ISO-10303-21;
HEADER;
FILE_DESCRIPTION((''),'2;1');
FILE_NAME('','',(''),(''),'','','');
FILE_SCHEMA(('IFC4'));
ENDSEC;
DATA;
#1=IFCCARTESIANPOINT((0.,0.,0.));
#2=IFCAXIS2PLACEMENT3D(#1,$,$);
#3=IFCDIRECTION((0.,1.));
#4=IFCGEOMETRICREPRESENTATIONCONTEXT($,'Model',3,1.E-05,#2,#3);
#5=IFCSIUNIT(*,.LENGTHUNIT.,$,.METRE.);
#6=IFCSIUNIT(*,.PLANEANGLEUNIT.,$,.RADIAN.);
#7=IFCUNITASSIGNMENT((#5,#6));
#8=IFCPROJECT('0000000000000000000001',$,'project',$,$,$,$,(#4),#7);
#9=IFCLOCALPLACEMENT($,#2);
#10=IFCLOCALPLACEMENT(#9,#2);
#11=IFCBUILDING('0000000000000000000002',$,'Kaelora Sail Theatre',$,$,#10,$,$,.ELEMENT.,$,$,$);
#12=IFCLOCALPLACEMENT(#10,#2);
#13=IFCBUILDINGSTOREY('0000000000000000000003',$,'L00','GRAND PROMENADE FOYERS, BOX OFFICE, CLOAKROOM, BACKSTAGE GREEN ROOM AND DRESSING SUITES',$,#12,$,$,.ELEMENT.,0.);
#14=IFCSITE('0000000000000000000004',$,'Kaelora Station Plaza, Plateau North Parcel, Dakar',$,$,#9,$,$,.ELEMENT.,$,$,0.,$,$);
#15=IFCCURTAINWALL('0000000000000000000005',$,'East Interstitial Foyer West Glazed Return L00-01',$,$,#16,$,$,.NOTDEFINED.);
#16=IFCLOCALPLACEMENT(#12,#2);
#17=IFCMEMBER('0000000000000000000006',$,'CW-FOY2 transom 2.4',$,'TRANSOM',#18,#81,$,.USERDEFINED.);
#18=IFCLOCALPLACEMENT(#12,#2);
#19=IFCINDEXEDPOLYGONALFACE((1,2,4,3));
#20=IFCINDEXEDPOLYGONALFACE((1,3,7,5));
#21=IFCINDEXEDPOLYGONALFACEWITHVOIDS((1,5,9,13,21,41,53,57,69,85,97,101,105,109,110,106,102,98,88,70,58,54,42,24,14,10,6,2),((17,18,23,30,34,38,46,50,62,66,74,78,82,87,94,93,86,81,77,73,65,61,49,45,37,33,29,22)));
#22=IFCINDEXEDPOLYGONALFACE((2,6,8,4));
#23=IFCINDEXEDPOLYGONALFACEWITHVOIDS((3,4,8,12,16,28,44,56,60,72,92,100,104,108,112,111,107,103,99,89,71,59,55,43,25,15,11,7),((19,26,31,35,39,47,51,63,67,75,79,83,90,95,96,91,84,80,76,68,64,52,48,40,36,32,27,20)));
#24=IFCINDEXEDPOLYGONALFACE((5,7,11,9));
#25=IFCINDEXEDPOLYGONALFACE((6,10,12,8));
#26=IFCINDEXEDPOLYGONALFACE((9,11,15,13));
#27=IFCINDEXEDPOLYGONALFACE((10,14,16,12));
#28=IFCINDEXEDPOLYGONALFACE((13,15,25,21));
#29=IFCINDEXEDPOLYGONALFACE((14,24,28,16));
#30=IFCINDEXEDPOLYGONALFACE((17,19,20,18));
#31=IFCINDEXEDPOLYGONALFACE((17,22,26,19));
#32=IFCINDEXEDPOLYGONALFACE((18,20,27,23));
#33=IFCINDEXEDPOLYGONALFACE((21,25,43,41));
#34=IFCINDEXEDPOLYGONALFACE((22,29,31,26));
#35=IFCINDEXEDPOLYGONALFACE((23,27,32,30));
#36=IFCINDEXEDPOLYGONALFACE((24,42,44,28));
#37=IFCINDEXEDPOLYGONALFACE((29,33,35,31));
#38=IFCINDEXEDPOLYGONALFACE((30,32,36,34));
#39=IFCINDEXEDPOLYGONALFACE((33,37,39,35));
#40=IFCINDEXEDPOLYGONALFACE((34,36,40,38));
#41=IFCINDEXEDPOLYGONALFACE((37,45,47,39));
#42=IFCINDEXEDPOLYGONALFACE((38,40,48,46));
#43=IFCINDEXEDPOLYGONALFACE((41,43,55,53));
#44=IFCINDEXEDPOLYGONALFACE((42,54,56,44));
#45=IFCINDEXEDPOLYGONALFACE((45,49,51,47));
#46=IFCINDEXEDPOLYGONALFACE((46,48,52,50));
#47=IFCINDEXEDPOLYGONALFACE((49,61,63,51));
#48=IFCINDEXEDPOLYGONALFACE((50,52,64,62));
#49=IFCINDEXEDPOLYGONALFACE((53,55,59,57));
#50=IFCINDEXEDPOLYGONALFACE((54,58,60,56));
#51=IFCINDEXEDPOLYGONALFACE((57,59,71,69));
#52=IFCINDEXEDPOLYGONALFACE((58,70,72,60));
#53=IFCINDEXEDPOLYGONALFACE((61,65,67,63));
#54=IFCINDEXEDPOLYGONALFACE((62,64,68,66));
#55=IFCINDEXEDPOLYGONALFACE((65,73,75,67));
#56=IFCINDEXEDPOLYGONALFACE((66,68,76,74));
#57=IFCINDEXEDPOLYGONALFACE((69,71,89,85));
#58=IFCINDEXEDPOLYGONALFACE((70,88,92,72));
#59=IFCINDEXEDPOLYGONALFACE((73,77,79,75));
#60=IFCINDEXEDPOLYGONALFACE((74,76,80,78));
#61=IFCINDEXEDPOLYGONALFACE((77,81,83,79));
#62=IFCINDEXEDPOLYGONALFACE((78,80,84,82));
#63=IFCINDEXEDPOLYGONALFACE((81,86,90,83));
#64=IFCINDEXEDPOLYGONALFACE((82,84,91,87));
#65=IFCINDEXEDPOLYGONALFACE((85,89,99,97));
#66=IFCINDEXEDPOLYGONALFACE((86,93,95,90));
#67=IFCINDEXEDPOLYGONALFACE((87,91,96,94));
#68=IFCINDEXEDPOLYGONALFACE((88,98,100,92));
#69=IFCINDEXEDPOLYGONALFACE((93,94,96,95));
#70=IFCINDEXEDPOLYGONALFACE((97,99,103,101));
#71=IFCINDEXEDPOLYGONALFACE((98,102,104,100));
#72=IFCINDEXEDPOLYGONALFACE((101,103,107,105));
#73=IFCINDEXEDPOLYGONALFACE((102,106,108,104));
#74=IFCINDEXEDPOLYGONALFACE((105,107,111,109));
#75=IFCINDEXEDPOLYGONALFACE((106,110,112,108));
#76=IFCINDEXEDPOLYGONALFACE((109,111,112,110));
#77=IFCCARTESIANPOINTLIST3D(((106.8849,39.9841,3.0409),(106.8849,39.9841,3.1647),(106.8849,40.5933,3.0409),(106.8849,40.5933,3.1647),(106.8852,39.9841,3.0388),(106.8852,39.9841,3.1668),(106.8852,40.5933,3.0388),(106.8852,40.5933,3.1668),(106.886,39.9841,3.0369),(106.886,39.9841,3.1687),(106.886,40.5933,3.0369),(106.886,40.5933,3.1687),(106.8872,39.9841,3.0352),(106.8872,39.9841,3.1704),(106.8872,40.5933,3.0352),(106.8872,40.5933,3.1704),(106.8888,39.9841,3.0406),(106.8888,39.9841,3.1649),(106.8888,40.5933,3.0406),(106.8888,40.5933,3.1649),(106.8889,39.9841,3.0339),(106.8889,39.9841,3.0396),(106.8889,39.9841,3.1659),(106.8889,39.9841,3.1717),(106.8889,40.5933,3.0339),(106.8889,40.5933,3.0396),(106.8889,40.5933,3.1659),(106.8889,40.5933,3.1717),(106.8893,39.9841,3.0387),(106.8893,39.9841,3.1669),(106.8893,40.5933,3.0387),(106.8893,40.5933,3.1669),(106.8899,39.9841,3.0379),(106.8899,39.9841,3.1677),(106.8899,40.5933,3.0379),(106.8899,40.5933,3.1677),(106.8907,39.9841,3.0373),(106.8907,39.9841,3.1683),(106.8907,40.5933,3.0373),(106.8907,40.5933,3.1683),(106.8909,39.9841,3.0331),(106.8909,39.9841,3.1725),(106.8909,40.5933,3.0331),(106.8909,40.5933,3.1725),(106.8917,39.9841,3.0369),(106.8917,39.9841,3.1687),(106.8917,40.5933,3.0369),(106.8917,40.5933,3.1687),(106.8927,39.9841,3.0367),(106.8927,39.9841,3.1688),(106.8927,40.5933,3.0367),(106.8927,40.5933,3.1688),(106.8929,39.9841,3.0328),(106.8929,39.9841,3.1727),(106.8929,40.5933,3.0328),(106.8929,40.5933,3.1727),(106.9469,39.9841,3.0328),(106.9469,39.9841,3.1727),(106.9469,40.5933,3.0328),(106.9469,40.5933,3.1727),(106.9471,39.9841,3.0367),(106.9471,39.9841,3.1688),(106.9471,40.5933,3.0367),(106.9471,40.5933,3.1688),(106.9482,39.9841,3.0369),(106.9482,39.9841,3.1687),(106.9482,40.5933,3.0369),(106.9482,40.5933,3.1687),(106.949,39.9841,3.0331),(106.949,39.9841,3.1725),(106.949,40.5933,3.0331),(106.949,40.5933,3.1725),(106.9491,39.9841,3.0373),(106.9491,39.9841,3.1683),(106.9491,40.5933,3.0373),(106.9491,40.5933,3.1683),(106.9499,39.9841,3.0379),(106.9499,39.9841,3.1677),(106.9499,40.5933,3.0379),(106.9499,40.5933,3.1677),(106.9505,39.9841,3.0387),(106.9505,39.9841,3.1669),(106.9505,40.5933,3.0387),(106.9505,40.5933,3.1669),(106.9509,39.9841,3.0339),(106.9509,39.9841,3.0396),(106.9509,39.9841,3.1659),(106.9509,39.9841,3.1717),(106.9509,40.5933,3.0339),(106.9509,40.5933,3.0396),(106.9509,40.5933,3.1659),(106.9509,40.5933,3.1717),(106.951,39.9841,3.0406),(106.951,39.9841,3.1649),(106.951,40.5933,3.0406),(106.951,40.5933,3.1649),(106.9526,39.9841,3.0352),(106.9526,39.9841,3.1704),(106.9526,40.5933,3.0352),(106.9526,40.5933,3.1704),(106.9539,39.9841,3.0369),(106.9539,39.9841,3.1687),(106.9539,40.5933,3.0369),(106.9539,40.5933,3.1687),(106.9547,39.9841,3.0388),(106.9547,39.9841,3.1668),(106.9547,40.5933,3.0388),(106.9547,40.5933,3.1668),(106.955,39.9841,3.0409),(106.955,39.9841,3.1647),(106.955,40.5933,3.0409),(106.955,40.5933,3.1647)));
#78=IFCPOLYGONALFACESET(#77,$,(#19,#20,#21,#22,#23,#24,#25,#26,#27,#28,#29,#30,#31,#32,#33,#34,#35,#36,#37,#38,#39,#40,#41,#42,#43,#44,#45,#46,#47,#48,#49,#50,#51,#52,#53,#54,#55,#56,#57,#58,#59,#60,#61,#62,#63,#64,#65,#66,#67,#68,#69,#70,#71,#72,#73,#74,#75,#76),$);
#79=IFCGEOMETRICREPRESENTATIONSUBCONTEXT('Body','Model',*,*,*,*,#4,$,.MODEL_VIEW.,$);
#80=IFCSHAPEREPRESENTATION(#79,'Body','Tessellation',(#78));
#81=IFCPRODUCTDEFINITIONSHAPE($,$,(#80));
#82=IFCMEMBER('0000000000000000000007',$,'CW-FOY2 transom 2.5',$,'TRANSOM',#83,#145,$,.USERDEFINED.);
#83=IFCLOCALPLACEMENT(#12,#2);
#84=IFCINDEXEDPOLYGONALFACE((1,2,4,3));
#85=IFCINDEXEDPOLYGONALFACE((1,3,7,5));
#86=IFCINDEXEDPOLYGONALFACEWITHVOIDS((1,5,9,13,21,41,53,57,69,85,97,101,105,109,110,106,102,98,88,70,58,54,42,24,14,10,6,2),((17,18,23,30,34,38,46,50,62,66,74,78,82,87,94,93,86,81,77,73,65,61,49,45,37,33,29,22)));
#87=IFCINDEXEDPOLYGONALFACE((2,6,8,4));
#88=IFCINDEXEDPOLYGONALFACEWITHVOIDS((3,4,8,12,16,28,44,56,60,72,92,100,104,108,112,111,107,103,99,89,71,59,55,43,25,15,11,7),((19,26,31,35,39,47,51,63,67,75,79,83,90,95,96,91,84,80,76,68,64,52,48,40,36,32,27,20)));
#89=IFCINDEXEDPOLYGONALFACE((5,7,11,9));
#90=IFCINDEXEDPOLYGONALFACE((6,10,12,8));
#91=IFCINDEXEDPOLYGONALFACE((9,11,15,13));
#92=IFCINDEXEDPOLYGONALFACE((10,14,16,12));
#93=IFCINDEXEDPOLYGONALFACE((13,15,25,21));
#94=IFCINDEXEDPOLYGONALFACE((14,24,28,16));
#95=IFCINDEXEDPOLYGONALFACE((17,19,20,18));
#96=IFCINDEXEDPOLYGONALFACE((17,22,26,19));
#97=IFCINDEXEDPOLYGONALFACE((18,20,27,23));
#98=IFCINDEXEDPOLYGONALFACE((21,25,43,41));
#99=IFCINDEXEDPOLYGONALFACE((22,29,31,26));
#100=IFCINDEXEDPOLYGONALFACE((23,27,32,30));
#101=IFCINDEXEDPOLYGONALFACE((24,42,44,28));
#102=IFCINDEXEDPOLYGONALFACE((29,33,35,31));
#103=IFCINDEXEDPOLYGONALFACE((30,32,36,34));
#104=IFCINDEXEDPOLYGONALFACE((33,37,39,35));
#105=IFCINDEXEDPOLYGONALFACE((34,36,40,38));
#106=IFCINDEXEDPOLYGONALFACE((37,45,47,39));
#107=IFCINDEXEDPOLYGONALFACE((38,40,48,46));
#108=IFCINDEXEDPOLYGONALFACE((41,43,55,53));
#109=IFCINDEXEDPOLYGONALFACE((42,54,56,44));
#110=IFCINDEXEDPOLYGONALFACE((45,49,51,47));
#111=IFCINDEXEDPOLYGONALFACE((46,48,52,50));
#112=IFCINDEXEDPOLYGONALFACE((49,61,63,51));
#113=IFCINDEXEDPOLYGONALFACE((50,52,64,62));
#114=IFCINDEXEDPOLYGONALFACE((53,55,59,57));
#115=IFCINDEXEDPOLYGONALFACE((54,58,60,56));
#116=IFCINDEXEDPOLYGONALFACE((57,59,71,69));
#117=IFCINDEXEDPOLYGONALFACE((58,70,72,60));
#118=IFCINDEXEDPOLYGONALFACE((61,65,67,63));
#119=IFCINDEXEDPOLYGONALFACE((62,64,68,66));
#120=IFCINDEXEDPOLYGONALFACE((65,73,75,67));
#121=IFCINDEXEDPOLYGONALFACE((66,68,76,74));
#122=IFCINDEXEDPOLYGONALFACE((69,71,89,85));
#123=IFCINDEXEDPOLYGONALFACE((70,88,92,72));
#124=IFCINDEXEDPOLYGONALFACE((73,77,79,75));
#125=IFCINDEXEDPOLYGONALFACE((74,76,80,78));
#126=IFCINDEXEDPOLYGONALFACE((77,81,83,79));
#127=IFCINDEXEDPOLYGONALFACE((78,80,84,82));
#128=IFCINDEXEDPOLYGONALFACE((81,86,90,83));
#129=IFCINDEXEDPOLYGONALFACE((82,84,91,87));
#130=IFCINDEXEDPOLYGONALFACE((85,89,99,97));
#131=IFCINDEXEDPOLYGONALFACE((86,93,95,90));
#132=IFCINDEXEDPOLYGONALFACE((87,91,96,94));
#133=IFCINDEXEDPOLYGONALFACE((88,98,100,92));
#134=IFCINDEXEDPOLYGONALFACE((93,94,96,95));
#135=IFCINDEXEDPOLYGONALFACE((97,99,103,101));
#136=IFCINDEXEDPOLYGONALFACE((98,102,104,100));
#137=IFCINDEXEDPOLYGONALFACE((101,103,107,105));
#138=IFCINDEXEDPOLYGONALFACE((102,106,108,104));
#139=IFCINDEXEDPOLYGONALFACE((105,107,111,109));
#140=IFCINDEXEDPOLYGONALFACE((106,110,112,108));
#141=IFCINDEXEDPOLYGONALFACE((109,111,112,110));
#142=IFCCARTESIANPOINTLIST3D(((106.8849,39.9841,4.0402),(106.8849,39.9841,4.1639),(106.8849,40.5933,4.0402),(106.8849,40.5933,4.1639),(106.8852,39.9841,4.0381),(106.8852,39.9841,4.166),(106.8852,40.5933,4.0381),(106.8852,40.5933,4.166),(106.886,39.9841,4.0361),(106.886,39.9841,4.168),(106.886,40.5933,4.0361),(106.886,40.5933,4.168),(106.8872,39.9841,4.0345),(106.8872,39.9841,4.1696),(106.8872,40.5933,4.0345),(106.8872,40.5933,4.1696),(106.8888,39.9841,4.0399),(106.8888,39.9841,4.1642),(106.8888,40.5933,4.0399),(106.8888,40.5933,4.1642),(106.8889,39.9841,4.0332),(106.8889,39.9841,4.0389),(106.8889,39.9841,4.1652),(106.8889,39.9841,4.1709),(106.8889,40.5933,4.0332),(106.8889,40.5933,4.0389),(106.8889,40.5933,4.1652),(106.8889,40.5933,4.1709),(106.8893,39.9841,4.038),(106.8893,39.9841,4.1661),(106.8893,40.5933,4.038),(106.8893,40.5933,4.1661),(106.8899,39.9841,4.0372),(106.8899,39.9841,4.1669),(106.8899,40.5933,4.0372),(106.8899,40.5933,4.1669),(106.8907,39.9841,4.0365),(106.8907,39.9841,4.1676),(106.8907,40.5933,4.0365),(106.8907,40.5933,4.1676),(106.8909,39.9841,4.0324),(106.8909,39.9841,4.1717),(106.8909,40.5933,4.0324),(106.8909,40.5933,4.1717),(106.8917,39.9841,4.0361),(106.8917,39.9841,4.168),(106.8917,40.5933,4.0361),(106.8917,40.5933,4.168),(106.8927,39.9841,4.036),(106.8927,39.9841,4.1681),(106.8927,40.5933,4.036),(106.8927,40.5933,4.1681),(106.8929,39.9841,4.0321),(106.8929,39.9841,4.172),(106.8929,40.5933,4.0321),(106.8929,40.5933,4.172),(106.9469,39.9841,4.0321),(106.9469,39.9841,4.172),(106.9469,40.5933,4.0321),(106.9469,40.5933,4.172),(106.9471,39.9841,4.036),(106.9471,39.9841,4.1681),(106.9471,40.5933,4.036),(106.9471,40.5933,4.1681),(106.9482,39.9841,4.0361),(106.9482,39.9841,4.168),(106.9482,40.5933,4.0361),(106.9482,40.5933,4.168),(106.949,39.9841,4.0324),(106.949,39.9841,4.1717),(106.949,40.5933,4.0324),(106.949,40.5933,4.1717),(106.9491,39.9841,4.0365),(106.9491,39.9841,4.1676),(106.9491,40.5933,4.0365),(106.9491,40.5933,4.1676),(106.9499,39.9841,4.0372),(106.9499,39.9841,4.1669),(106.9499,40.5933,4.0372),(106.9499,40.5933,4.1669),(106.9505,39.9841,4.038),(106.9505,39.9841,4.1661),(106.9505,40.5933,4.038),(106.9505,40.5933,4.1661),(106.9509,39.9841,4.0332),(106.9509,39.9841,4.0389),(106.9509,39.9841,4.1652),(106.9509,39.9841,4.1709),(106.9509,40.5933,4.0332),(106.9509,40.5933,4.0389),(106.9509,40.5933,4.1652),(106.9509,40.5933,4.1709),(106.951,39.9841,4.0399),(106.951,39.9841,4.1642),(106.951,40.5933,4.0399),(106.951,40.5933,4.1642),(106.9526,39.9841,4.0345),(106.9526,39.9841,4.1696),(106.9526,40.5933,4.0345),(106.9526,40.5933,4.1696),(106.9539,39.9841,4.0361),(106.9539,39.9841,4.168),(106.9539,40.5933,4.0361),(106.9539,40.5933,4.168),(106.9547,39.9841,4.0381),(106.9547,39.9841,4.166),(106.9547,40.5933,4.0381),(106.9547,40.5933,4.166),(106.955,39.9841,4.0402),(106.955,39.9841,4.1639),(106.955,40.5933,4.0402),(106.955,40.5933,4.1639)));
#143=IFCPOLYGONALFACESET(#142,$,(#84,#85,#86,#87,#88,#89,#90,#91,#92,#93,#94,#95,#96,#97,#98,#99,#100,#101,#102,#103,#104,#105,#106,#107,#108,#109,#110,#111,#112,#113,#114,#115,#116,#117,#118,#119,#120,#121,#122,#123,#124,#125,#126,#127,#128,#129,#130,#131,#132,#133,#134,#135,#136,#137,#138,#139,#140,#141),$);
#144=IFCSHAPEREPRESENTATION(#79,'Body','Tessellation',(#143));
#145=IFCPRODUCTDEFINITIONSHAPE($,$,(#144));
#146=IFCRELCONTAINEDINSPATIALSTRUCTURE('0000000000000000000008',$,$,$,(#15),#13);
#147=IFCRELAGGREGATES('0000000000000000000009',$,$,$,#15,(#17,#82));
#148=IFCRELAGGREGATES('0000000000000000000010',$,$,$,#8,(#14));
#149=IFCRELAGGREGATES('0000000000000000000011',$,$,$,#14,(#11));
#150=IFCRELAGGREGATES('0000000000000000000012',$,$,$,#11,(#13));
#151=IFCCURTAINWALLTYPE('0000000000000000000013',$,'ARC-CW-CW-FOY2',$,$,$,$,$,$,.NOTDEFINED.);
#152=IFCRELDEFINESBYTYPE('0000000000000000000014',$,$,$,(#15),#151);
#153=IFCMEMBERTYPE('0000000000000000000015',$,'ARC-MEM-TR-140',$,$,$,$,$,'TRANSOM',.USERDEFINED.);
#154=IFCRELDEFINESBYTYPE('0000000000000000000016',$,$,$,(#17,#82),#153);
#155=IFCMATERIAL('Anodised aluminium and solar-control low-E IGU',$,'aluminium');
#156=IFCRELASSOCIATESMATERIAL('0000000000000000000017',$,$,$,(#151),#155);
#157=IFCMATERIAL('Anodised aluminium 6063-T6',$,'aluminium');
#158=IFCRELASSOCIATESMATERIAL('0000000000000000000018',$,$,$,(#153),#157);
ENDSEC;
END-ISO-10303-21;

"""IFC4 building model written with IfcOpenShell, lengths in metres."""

from ifc_helpers import new_model, si_unit, direction, frame, origin, origin_2d, place, context, subcontext, project, spatial, hollow_rectangle, extrude, material, material_profile, profile_set, type_object, element, aggregate, save


model = new_model("IFC4")

# Units and contexts
model_context = context("Model", 3, precision=1e-05, world=origin(), true_north=direction((0.0, 1.0)))
body_context = subcontext(model_context, "Body", "Model", "MODEL_VIEW")
ifc_project = project(units=[si_unit("LENGTHUNIT", "METRE"), si_unit("PLANEANGLEUNIT", "RADIAN")], contexts=[model_context])

# Site, building, storey
site_placement = place(None, origin())
site = spatial("IfcSite", under=ifc_project, at=site_placement, Name="Kaelora Station Plaza, Plateau North Parcel, Dakar", CompositionType="ELEMENT", RefElevation=0.0)
building_placement = place(site_placement, origin())
building = spatial("IfcBuilding", under=site, at=building_placement, Name="Kaelora Sail Theatre", CompositionType="ELEMENT")
storey_placement = place(building_placement, origin())
storey = spatial("IfcBuildingStorey", under=building, at=storey_placement, Name="L00", Description="GRAND PROMENADE FOYERS, BOX OFFICE, CLOAKROOM, BACKSTAGE GREEN ROOM AND DRESSING SUITES", CompositionType="ELEMENT", Elevation=0.0)

# Curtain wall, members
ifc_material_1 = material(Name="Anodised aluminium and solar-control low-E IGU", Category="aluminium")
curtain_wall_type = type_object("IfcCurtainWallType", Name="ARC-CW-CW-FOY2", PredefinedType="NOTDEFINED", material=ifc_material_1)
curtain_wall_placement = place(storey_placement, origin())
curtain_wall = element("IfcCurtainWall", 1, at=curtain_wall_placement, inside=storey, type_object=curtain_wall_type, Name="East Interstitial Foyer West Glazed Return L00-01", PredefinedType="NOTDEFINED")
ifc_material_2 = material(Name="Anodised aluminium 6063-T6", Category="aluminium")
ifc_material_profile = material_profile(ifc_material_2, hollow_rectangle(XDim=0.0701, YDim=0.1399, WallThickness=0.0039, InnerFilletRadius=0.0039, OuterFilletRadius=0.0081, at=origin_2d()), Name="ALU-TRAN 70x140x4")
ifc_profile_set = profile_set([ifc_material_profile], Name="Anodised aluminium 6063-T6")
member_type = type_object("IfcMemberType", Name="ARC-MEM-TR-140", ElementType="TRANSOM", PredefinedType="USERDEFINED", material=ifc_profile_set)
member_1_placement = place(storey_placement, frame((106.9199, 39.9841, 3.1028), z_axis=(0.0, 1.0, 0.0), x_axis=(-1.0, 0.0, 0.0)))
member_1 = element("IfcMember", 2, at=member_1_placement, type_object=member_type, Name="CW-FOY2 transom 2.4", ObjectType="TRANSOM", PredefinedType="USERDEFINED", context=body_context, shape_type="SweptSolid", body=[
    extrude(hollow_rectangle(XDim=0.0701, YDim=0.1399, WallThickness=0.0039, InnerFilletRadius=0.0039, OuterFilletRadius=0.0081, at=origin_2d()), origin(), (0.0, 0.0, 1.0), 0.6091),
])
member_2_placement = place(storey_placement, frame((106.9199, 39.9841, 4.1021), z_axis=(0.0, 1.0, 0.0), x_axis=(-1.0, 0.0, 0.0)))
member_2 = element("IfcMember", 3, at=member_2_placement, type_object=member_type, Name="CW-FOY2 transom 2.5", ObjectType="TRANSOM", PredefinedType="USERDEFINED", context=body_context, shape_type="SweptSolid", body=[
    extrude(hollow_rectangle(XDim=0.0701, YDim=0.1399, WallThickness=0.0039, InnerFilletRadius=0.0039, OuterFilletRadius=0.0081, at=origin_2d()), origin(), (0.0, 0.0, 1.0), 0.6091),
])
aggregate(curtain_wall, [member_1, member_2])

save(model, "model.ifc")
